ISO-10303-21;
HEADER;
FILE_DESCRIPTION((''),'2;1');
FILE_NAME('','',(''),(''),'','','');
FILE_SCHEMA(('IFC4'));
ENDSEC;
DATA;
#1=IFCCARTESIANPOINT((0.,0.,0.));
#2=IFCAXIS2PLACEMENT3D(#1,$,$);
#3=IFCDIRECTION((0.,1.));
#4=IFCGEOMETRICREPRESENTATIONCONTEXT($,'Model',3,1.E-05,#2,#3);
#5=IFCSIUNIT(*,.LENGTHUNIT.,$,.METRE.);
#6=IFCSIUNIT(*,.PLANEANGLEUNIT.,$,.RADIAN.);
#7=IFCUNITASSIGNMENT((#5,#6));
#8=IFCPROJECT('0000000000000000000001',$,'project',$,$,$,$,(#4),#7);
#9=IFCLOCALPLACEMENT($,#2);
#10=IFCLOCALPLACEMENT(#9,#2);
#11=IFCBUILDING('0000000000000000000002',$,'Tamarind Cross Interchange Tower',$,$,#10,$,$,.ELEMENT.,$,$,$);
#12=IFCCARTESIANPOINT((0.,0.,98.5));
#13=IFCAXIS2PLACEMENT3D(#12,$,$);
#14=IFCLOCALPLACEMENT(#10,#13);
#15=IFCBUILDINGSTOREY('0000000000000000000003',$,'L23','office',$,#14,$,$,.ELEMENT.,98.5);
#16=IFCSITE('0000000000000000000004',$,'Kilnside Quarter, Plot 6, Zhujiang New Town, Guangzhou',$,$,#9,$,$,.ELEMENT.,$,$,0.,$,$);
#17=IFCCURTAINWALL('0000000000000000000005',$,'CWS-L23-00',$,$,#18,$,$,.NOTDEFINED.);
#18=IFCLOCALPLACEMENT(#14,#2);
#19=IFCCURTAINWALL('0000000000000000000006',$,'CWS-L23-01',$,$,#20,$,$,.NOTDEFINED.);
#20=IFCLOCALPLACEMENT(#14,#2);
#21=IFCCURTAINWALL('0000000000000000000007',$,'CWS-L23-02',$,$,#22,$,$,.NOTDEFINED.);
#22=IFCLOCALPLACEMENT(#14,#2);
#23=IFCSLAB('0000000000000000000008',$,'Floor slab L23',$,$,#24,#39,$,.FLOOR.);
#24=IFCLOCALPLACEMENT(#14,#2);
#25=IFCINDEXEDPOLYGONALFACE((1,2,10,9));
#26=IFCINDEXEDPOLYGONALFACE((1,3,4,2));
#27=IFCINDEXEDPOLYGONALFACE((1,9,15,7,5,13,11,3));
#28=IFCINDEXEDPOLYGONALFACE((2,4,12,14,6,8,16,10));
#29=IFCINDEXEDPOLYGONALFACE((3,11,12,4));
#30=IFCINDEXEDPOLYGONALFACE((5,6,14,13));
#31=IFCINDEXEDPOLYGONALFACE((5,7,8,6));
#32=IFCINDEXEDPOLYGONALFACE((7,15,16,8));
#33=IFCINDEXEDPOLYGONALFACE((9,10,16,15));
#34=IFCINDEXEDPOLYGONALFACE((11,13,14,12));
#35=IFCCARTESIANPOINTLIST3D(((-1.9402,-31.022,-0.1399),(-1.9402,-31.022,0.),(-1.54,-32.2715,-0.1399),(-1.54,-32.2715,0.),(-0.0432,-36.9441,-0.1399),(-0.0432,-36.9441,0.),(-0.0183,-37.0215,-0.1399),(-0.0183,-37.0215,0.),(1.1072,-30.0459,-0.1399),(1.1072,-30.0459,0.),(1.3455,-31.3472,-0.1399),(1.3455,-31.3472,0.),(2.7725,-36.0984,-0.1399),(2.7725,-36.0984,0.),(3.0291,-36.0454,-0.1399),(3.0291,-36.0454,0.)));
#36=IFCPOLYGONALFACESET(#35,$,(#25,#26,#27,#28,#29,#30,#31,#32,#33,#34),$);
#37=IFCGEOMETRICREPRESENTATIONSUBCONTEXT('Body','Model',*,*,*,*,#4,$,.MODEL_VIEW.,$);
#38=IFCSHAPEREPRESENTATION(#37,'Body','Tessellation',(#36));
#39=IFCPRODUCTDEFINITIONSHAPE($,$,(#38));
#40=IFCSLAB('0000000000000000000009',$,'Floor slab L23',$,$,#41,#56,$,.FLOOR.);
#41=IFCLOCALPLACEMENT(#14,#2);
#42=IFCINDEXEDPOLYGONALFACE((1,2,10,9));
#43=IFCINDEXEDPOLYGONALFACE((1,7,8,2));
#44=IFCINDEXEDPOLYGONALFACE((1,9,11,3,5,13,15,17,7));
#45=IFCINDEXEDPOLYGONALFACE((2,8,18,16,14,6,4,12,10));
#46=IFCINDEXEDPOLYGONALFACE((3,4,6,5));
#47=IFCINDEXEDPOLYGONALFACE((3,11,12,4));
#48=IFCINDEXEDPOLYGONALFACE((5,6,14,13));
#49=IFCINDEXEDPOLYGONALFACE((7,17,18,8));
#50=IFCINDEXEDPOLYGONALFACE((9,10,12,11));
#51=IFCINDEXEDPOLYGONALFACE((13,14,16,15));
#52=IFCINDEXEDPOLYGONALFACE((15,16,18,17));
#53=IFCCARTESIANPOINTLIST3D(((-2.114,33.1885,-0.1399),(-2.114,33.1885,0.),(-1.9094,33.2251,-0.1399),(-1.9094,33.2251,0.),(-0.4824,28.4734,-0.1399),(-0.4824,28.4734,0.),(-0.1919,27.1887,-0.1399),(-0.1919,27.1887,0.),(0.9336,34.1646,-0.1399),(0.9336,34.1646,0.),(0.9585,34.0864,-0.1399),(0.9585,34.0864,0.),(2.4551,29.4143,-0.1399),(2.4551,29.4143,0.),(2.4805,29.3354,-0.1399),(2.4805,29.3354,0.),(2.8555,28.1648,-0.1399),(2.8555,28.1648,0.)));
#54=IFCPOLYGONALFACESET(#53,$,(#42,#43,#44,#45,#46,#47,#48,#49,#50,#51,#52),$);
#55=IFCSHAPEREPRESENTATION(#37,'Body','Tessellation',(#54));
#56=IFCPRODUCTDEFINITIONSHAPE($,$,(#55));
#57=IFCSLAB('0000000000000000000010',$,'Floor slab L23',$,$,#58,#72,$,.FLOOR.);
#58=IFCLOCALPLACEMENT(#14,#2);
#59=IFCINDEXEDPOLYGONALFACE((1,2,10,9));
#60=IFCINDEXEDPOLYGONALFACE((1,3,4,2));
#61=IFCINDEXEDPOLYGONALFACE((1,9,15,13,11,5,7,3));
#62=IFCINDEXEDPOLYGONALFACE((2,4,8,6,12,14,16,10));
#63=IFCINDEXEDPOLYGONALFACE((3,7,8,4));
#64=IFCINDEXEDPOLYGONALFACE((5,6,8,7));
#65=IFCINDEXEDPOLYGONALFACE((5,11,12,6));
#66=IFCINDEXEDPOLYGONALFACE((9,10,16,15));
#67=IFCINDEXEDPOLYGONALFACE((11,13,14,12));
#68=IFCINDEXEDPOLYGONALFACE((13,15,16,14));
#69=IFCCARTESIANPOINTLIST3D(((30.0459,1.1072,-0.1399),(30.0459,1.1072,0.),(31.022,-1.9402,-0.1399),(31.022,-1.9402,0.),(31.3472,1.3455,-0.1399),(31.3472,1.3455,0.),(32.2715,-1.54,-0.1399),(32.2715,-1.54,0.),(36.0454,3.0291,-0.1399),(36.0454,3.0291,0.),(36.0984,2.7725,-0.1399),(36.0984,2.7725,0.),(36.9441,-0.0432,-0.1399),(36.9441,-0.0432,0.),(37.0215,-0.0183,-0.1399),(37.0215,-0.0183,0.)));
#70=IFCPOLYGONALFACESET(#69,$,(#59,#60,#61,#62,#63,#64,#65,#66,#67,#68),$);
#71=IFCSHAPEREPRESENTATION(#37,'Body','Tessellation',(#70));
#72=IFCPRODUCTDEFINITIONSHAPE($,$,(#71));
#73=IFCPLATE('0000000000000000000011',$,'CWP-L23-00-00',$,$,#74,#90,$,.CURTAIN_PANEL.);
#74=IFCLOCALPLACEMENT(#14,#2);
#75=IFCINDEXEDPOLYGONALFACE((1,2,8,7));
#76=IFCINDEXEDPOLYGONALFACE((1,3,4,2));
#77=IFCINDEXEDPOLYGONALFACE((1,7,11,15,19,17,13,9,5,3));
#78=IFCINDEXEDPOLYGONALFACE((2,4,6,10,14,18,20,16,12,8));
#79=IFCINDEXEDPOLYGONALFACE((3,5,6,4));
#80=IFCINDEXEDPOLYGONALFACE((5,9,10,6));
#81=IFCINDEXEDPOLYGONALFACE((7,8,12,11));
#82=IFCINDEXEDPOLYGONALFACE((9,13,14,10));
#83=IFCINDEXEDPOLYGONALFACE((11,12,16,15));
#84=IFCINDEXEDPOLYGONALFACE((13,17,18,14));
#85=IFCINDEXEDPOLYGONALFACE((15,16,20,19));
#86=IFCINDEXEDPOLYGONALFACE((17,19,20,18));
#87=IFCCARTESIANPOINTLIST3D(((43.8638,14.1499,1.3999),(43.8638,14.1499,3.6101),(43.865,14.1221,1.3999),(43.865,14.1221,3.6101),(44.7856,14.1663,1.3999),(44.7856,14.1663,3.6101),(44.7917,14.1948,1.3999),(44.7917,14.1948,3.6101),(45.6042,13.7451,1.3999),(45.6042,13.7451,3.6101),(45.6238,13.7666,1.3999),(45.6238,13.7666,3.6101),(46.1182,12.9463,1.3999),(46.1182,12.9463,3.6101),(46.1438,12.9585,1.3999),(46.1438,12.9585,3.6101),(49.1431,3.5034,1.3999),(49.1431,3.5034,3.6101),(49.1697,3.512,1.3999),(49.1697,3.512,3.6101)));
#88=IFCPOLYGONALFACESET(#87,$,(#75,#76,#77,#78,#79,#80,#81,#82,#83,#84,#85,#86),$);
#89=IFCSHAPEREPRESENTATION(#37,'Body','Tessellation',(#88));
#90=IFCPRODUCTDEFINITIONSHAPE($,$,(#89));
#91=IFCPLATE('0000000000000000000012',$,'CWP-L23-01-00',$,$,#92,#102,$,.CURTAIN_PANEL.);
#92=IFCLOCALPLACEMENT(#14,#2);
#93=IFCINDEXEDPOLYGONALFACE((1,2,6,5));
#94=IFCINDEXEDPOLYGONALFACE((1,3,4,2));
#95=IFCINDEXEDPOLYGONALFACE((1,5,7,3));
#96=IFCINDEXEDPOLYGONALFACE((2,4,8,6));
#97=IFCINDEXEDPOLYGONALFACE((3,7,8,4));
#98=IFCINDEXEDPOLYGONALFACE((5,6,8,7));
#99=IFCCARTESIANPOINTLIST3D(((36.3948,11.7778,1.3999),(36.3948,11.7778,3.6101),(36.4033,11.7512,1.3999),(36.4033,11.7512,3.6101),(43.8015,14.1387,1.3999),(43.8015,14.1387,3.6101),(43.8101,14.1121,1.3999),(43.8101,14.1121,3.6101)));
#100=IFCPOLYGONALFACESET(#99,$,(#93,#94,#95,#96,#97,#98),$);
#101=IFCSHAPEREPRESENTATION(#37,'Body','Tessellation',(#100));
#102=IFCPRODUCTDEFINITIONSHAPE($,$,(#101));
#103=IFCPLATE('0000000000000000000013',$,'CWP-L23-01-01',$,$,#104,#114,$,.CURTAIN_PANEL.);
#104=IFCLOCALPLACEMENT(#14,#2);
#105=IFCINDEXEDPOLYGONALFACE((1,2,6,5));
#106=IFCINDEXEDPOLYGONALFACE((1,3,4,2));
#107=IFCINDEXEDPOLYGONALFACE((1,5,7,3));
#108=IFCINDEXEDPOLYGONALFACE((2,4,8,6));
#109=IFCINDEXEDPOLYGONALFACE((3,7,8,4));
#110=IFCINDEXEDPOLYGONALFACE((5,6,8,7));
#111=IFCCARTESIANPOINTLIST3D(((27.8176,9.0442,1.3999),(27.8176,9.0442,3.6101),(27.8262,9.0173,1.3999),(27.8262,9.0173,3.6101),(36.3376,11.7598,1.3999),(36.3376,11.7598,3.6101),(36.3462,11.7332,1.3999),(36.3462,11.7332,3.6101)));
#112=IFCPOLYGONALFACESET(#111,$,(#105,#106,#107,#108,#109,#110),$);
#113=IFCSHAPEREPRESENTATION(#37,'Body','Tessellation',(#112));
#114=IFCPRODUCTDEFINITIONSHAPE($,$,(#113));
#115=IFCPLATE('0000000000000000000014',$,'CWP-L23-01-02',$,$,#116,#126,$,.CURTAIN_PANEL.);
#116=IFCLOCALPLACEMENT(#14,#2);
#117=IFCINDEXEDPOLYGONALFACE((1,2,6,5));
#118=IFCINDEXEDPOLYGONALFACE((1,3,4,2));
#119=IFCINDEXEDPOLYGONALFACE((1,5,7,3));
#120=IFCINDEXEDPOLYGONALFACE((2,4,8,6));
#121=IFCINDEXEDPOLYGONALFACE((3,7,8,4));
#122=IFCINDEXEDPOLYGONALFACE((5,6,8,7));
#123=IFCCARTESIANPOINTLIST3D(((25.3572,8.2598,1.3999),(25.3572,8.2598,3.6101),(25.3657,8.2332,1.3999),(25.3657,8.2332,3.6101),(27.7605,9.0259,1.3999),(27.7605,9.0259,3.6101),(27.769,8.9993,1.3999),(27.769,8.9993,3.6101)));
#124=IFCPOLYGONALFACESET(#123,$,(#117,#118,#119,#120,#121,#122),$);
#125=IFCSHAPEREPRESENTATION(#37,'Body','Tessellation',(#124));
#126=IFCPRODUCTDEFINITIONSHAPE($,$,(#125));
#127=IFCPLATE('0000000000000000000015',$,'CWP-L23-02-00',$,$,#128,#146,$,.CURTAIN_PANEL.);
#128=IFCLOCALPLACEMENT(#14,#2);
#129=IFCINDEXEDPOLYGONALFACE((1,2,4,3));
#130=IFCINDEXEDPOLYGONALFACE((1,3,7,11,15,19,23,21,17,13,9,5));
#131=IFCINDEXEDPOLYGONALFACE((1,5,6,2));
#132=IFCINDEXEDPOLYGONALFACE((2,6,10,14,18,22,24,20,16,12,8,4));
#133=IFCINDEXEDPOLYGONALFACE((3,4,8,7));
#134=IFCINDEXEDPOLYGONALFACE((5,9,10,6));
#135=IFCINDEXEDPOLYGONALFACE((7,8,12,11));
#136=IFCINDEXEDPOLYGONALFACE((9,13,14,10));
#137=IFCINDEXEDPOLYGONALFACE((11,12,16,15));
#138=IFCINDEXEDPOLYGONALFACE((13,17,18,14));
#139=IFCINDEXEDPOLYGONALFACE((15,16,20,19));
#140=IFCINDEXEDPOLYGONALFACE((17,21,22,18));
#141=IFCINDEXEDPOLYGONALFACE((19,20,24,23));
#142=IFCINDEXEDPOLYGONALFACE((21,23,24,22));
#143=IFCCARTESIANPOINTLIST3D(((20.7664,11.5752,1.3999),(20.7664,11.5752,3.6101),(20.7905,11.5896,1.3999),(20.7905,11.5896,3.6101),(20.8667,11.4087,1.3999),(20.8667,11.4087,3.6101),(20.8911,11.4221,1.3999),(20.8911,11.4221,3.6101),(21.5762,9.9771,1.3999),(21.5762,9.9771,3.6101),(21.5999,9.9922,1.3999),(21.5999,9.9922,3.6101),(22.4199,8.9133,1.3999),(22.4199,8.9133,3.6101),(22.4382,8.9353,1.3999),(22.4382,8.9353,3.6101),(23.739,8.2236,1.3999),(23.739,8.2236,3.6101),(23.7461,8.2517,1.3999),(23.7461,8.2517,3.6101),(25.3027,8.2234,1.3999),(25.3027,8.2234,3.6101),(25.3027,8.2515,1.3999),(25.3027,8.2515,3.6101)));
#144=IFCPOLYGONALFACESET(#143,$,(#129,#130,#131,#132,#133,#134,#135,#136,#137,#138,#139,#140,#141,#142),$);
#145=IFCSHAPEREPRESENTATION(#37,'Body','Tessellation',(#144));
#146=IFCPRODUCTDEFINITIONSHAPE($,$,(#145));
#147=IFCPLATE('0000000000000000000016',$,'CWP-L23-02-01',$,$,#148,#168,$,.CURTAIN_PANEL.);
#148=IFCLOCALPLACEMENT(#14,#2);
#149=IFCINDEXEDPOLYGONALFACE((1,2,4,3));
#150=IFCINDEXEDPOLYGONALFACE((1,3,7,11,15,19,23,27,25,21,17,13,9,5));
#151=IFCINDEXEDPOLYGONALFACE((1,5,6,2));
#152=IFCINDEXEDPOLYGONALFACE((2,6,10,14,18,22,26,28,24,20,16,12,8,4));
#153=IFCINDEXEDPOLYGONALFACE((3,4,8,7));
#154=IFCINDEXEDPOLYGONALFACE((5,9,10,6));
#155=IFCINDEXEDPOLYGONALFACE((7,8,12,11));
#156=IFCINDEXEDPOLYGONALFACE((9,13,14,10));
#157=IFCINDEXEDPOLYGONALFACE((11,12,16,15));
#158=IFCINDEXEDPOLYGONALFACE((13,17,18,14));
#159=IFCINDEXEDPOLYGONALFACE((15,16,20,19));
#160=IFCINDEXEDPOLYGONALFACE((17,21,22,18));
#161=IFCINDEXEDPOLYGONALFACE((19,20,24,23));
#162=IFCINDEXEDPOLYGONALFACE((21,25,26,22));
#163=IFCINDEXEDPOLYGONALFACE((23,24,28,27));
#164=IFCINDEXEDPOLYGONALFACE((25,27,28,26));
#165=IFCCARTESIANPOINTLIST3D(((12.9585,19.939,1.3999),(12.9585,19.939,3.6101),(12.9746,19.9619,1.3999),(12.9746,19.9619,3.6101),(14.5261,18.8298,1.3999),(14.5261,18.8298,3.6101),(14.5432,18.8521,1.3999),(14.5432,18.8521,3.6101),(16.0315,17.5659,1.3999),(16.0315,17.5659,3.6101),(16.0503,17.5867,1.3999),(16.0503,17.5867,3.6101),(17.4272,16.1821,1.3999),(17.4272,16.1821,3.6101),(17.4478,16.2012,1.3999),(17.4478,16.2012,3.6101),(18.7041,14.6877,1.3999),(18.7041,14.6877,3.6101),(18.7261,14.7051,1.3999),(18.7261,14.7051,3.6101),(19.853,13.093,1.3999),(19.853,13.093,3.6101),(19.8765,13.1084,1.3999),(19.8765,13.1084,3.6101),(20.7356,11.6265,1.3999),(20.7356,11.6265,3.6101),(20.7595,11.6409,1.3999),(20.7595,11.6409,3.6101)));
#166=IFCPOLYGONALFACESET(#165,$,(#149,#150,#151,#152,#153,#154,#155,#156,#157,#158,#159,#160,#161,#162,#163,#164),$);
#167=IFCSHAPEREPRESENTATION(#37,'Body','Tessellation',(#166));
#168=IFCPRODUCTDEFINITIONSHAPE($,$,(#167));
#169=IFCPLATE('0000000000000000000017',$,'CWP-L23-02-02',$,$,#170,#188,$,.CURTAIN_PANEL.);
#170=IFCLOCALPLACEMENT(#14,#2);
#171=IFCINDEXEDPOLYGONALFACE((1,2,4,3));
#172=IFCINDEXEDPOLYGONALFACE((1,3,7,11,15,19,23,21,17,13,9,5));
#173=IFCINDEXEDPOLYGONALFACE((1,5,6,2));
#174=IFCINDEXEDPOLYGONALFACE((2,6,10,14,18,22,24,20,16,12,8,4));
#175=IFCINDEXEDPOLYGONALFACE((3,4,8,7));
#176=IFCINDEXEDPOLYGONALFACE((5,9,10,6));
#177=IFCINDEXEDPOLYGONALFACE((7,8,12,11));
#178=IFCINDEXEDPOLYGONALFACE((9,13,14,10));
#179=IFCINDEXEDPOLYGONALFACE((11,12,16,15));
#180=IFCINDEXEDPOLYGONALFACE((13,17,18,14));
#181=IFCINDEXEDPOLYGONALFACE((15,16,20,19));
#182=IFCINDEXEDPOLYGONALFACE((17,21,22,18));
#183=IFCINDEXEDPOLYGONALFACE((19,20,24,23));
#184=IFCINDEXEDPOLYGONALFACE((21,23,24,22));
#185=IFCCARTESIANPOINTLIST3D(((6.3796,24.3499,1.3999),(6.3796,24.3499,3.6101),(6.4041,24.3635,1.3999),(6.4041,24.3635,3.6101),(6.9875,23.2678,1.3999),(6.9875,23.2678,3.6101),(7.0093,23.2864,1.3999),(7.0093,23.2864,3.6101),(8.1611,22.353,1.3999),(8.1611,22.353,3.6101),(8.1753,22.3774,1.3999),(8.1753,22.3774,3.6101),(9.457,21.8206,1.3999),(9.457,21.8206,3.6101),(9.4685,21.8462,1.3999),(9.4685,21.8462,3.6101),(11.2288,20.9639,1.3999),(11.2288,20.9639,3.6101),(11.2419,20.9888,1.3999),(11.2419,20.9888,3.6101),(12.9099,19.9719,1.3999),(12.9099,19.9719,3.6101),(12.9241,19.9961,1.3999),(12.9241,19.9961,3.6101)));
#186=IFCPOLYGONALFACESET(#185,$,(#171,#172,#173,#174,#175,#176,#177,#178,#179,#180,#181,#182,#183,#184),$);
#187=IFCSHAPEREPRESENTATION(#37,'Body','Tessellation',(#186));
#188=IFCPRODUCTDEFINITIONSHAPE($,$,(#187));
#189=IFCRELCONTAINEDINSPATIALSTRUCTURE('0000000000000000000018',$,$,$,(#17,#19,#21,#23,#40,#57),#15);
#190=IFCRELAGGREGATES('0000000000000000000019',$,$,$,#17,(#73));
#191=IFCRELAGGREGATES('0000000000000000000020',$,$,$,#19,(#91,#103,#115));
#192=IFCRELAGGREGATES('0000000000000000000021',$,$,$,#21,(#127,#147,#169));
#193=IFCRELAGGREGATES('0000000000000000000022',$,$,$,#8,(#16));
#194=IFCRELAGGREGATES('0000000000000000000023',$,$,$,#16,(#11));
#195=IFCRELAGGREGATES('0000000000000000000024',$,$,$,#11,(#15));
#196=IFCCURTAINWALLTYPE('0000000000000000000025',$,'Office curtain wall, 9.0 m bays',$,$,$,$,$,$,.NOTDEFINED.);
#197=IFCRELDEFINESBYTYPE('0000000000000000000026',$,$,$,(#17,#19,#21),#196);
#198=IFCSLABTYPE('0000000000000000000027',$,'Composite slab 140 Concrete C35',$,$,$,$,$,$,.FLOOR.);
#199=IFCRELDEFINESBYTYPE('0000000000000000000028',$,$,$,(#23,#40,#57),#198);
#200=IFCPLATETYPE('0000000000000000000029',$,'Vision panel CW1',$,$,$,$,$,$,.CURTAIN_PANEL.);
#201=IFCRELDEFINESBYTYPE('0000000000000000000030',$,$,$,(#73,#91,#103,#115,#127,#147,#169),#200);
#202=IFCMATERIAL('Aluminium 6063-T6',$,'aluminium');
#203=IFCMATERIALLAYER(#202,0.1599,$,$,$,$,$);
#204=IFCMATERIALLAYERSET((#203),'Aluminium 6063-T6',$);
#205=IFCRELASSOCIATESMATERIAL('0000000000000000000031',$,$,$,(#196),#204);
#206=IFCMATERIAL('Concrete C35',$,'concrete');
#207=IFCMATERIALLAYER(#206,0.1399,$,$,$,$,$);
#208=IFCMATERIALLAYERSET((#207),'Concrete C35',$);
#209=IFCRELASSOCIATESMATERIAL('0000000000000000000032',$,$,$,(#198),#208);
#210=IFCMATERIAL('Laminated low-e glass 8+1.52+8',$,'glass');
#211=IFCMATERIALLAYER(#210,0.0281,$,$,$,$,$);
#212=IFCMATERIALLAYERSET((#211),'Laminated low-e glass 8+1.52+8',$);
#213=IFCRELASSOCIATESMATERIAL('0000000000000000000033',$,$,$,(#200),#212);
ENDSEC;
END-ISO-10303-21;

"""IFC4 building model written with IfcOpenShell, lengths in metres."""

from ifc_helpers import new_model, si_unit, direction, frame, origin, place, context, subcontext, project, spatial, polyline, outline, extrude, material, layer, layer_set, type_object, element, aggregate, save


model = new_model("IFC4")

# Units and contexts
model_context = context("Model", 3, precision=1e-05, world=origin(), true_north=direction((0.0, 1.0)))
body_context = subcontext(model_context, "Body", "Model", "MODEL_VIEW")
ifc_project = project(units=[si_unit("LENGTHUNIT", "METRE"), si_unit("PLANEANGLEUNIT", "RADIAN")], contexts=[model_context])

# Site, building, storey
site_placement = place(None, origin())
site = spatial("IfcSite", under=ifc_project, at=site_placement, Name="Kilnside Quarter, Plot 6, Zhujiang New Town, Guangzhou", CompositionType="ELEMENT", RefElevation=0.0)
building_placement = place(site_placement, origin())
building = spatial("IfcBuilding", under=site, at=building_placement, Name="Tamarind Cross Interchange Tower", CompositionType="ELEMENT")
storey_placement = place(building_placement, frame((0.0, 0.0, 98.5)))
storey = spatial("IfcBuildingStorey", under=building, at=storey_placement, Name="L23", Description="office", CompositionType="ELEMENT", Elevation=98.5)

# Curtain walls
ifc_material_1 = material(Name="Aluminium 6063-T6", Category="aluminium")
ifc_layer_1 = layer(ifc_material_1, 0.1599)
ifc_layer_set_1 = layer_set([ifc_layer_1], Name="Aluminium 6063-T6")
curtain_wall_type = type_object("IfcCurtainWallType", Name="Office curtain wall, 9.0 m bays", PredefinedType="NOTDEFINED", material=ifc_layer_set_1)
curtain_wall_1_placement = place(storey_placement, origin())
curtain_wall_1 = element("IfcCurtainWall", 1, at=curtain_wall_1_placement, inside=storey, type_object=curtain_wall_type, Name="CWS-L23-00", PredefinedType="NOTDEFINED")
curtain_wall_2_placement = place(storey_placement, origin())
curtain_wall_2 = element("IfcCurtainWall", 2, at=curtain_wall_2_placement, inside=storey, type_object=curtain_wall_type, Name="CWS-L23-01", PredefinedType="NOTDEFINED")
curtain_wall_3_placement = place(storey_placement, origin())
curtain_wall_3 = element("IfcCurtainWall", 3, at=curtain_wall_3_placement, inside=storey, type_object=curtain_wall_type, Name="CWS-L23-02", PredefinedType="NOTDEFINED")

# Slabs
ifc_material_2 = material(Name="Concrete C35", Category="concrete")
ifc_layer_2 = layer(ifc_material_2, 0.1399)
ifc_layer_set_2 = layer_set([ifc_layer_2], Name="Concrete C35")
slab_type = type_object("IfcSlabType", Name="Composite slab 140 Concrete C35", PredefinedType="FLOOR", material=ifc_layer_set_2)
slab_1_placement = place(storey_placement, frame((0.0, 0.0, -0.1399)))
element("IfcSlab", 4, at=slab_1_placement, inside=storey, type_object=slab_type, Name="Floor slab L23", PredefinedType="FLOOR", context=body_context, shape_type="SweptSolid", body=[
    extrude(outline(polyline([(-0.0183, -37.0215), (3.0291, -36.0454), (1.1072, -30.0459), (-1.9402, -31.022), (-1.54, -32.2715), (1.3455, -31.3472), (2.7725, -36.0984), (-0.0432, -36.9441), (-0.0183, -37.0215)])), origin(), (0.0, 0.0, 1.0), 0.1399),
])
slab_2_placement = place(storey_placement, frame((0.0, 0.0, -0.1399)))
element("IfcSlab", 5, at=slab_2_placement, inside=storey, type_object=slab_type, Name="Floor slab L23", PredefinedType="FLOOR", context=body_context, shape_type="SweptSolid", body=[
    extrude(outline(polyline([(0.9336, 34.1646), (-2.114, 33.1885), (-0.1919, 27.1887), (2.8555, 28.1648), (2.4805, 29.3354), (2.4551, 29.4143), (-0.4824, 28.4734), (-1.9094, 33.2251), (0.9585, 34.0864), (0.9336, 34.1646)])), origin(), (0.0, 0.0, 1.0), 0.1399),
])
slab_3_placement = place(storey_placement, frame((0.0, 0.0, -0.1399)))
element("IfcSlab", 6, at=slab_3_placement, inside=storey, type_object=slab_type, Name="Floor slab L23", PredefinedType="FLOOR", context=body_context, shape_type="SweptSolid", body=[
    extrude(outline(polyline([(36.0984, 2.7725), (36.9441, -0.0432), (37.0215, -0.0183), (36.0454, 3.0291), (30.0459, 1.1072), (31.022, -1.9402), (32.2715, -1.54), (31.3472, 1.3455), (36.0984, 2.7725)])), origin(), (0.0, 0.0, 1.0), 0.1399),
])

# Plates
ifc_material_3 = material(Name="Laminated low-e glass 8+1.52+8", Category="glass")
ifc_layer_3 = layer(ifc_material_3, 0.0281)
ifc_layer_set_3 = layer_set([ifc_layer_3], Name="Laminated low-e glass 8+1.52+8")
plate_type = type_object("IfcPlateType", Name="Vision panel CW1", PredefinedType="CURTAIN_PANEL", material=ifc_layer_set_3)
plate_1_placement = place(storey_placement, frame((0.0, 0.0, 1.3999)))
plate_1 = element("IfcPlate", 7, at=plate_1_placement, type_object=plate_type, Name="CWP-L23-00-00", PredefinedType="CURTAIN_PANEL", context=body_context, shape_type="SweptSolid", body=[
    extrude(outline(polyline([(49.1431, 3.5034), (46.1182, 12.9463), (45.6042, 13.7451), (44.7856, 14.1663), (43.865, 14.1221), (43.8638, 14.1499), (44.7917, 14.1948), (45.6238, 13.7666), (46.1438, 12.9585), (49.1697, 3.512), (49.1431, 3.5034)])), origin(), (0.0, 0.0, 1.0), 2.2102),
])
aggregate(curtain_wall_1, [plate_1])
plate_2_placement = place(storey_placement, frame((0.0, 0.0, 1.3999)))
plate_2 = element("IfcPlate", 8, at=plate_2_placement, type_object=plate_type, Name="CWP-L23-01-00", PredefinedType="CURTAIN_PANEL", context=body_context, shape_type="SweptSolid", body=[
    extrude(outline(polyline([(43.8101, 14.1121), (36.4033, 11.7512), (36.3948, 11.7778), (43.8015, 14.1387), (43.8101, 14.1121)])), origin(), (0.0, 0.0, 1.0), 2.2102),
])
plate_3_placement = place(storey_placement, frame((0.0, 0.0, 1.3999)))
plate_3 = element("IfcPlate", 9, at=plate_3_placement, type_object=plate_type, Name="CWP-L23-01-01", PredefinedType="CURTAIN_PANEL", context=body_context, shape_type="SweptSolid", body=[
    extrude(outline(polyline([(36.3462, 11.7332), (27.8262, 9.0173), (27.8176, 9.0442), (36.3376, 11.7598), (36.3462, 11.7332)])), origin(), (0.0, 0.0, 1.0), 2.2102),
])
plate_4_placement = place(storey_placement, frame((0.0, 0.0, 1.3999)))
plate_4 = element("IfcPlate", 10, at=plate_4_placement, type_object=plate_type, Name="CWP-L23-01-02", PredefinedType="CURTAIN_PANEL", context=body_context, shape_type="SweptSolid", body=[
    extrude(outline(polyline([(27.769, 8.9993), (25.3657, 8.2332), (25.3572, 8.2598), (27.7605, 9.0259), (27.769, 8.9993)])), origin(), (0.0, 0.0, 1.0), 2.2102),
])
aggregate(curtain_wall_2, [plate_2, plate_3, plate_4])
plate_5_placement = place(storey_placement, frame((0.0, 0.0, 1.3999)))
plate_5 = element("IfcPlate", 11, at=plate_5_placement, type_object=plate_type, Name="CWP-L23-02-00", PredefinedType="CURTAIN_PANEL", context=body_context, shape_type="SweptSolid", body=[
    extrude(outline(polyline([(25.3027, 8.2234), (23.739, 8.2236), (22.4199, 8.9133), (21.5762, 9.9771), (20.8667, 11.4087), (20.7664, 11.5752), (20.7905, 11.5896), (20.8911, 11.4221), (21.5999, 9.9922), (22.4382, 8.9353), (23.7461, 8.2517), (25.3027, 8.2515), (25.3027, 8.2234)])), origin(), (0.0, 0.0, 1.0), 2.2102),
])
plate_6_placement = place(storey_placement, frame((0.0, 0.0, 1.3999)))
plate_6 = element("IfcPlate", 12, at=plate_6_placement, type_object=plate_type, Name="CWP-L23-02-01", PredefinedType="CURTAIN_PANEL", context=body_context, shape_type="SweptSolid", body=[
    extrude(outline(polyline([(20.7356, 11.6265), (19.853, 13.093), (18.7041, 14.6877), (17.4272, 16.1821), (16.0315, 17.5659), (14.5261, 18.8298), (12.9585, 19.939), (12.9746, 19.9619), (14.5432, 18.8521), (16.0503, 17.5867), (17.4478, 16.2012), (18.7261, 14.7051), (19.8765, 13.1084), (20.7595, 11.6409), (20.7356, 11.6265)])), origin(), (0.0, 0.0, 1.0), 2.2102),
])
plate_7_placement = place(storey_placement, frame((0.0, 0.0, 1.3999)))
plate_7 = element("IfcPlate", 13, at=plate_7_placement, type_object=plate_type, Name="CWP-L23-02-02", PredefinedType="CURTAIN_PANEL", context=body_context, shape_type="SweptSolid", body=[
    extrude(outline(polyline([(12.9099, 19.9719), (11.2288, 20.9639), (9.457, 21.8206), (8.1611, 22.353), (6.9875, 23.2678), (6.3796, 24.3499), (6.4041, 24.3635), (7.0093, 23.2864), (8.1753, 22.3774), (9.4685, 21.8462), (11.2419, 20.9888), (12.9241, 19.9961), (12.9099, 19.9719)])), origin(), (0.0, 0.0, 1.0), 2.2102),
])
aggregate(curtain_wall_3, [plate_5, plate_6, plate_7])

save(model, "model.ifc")
